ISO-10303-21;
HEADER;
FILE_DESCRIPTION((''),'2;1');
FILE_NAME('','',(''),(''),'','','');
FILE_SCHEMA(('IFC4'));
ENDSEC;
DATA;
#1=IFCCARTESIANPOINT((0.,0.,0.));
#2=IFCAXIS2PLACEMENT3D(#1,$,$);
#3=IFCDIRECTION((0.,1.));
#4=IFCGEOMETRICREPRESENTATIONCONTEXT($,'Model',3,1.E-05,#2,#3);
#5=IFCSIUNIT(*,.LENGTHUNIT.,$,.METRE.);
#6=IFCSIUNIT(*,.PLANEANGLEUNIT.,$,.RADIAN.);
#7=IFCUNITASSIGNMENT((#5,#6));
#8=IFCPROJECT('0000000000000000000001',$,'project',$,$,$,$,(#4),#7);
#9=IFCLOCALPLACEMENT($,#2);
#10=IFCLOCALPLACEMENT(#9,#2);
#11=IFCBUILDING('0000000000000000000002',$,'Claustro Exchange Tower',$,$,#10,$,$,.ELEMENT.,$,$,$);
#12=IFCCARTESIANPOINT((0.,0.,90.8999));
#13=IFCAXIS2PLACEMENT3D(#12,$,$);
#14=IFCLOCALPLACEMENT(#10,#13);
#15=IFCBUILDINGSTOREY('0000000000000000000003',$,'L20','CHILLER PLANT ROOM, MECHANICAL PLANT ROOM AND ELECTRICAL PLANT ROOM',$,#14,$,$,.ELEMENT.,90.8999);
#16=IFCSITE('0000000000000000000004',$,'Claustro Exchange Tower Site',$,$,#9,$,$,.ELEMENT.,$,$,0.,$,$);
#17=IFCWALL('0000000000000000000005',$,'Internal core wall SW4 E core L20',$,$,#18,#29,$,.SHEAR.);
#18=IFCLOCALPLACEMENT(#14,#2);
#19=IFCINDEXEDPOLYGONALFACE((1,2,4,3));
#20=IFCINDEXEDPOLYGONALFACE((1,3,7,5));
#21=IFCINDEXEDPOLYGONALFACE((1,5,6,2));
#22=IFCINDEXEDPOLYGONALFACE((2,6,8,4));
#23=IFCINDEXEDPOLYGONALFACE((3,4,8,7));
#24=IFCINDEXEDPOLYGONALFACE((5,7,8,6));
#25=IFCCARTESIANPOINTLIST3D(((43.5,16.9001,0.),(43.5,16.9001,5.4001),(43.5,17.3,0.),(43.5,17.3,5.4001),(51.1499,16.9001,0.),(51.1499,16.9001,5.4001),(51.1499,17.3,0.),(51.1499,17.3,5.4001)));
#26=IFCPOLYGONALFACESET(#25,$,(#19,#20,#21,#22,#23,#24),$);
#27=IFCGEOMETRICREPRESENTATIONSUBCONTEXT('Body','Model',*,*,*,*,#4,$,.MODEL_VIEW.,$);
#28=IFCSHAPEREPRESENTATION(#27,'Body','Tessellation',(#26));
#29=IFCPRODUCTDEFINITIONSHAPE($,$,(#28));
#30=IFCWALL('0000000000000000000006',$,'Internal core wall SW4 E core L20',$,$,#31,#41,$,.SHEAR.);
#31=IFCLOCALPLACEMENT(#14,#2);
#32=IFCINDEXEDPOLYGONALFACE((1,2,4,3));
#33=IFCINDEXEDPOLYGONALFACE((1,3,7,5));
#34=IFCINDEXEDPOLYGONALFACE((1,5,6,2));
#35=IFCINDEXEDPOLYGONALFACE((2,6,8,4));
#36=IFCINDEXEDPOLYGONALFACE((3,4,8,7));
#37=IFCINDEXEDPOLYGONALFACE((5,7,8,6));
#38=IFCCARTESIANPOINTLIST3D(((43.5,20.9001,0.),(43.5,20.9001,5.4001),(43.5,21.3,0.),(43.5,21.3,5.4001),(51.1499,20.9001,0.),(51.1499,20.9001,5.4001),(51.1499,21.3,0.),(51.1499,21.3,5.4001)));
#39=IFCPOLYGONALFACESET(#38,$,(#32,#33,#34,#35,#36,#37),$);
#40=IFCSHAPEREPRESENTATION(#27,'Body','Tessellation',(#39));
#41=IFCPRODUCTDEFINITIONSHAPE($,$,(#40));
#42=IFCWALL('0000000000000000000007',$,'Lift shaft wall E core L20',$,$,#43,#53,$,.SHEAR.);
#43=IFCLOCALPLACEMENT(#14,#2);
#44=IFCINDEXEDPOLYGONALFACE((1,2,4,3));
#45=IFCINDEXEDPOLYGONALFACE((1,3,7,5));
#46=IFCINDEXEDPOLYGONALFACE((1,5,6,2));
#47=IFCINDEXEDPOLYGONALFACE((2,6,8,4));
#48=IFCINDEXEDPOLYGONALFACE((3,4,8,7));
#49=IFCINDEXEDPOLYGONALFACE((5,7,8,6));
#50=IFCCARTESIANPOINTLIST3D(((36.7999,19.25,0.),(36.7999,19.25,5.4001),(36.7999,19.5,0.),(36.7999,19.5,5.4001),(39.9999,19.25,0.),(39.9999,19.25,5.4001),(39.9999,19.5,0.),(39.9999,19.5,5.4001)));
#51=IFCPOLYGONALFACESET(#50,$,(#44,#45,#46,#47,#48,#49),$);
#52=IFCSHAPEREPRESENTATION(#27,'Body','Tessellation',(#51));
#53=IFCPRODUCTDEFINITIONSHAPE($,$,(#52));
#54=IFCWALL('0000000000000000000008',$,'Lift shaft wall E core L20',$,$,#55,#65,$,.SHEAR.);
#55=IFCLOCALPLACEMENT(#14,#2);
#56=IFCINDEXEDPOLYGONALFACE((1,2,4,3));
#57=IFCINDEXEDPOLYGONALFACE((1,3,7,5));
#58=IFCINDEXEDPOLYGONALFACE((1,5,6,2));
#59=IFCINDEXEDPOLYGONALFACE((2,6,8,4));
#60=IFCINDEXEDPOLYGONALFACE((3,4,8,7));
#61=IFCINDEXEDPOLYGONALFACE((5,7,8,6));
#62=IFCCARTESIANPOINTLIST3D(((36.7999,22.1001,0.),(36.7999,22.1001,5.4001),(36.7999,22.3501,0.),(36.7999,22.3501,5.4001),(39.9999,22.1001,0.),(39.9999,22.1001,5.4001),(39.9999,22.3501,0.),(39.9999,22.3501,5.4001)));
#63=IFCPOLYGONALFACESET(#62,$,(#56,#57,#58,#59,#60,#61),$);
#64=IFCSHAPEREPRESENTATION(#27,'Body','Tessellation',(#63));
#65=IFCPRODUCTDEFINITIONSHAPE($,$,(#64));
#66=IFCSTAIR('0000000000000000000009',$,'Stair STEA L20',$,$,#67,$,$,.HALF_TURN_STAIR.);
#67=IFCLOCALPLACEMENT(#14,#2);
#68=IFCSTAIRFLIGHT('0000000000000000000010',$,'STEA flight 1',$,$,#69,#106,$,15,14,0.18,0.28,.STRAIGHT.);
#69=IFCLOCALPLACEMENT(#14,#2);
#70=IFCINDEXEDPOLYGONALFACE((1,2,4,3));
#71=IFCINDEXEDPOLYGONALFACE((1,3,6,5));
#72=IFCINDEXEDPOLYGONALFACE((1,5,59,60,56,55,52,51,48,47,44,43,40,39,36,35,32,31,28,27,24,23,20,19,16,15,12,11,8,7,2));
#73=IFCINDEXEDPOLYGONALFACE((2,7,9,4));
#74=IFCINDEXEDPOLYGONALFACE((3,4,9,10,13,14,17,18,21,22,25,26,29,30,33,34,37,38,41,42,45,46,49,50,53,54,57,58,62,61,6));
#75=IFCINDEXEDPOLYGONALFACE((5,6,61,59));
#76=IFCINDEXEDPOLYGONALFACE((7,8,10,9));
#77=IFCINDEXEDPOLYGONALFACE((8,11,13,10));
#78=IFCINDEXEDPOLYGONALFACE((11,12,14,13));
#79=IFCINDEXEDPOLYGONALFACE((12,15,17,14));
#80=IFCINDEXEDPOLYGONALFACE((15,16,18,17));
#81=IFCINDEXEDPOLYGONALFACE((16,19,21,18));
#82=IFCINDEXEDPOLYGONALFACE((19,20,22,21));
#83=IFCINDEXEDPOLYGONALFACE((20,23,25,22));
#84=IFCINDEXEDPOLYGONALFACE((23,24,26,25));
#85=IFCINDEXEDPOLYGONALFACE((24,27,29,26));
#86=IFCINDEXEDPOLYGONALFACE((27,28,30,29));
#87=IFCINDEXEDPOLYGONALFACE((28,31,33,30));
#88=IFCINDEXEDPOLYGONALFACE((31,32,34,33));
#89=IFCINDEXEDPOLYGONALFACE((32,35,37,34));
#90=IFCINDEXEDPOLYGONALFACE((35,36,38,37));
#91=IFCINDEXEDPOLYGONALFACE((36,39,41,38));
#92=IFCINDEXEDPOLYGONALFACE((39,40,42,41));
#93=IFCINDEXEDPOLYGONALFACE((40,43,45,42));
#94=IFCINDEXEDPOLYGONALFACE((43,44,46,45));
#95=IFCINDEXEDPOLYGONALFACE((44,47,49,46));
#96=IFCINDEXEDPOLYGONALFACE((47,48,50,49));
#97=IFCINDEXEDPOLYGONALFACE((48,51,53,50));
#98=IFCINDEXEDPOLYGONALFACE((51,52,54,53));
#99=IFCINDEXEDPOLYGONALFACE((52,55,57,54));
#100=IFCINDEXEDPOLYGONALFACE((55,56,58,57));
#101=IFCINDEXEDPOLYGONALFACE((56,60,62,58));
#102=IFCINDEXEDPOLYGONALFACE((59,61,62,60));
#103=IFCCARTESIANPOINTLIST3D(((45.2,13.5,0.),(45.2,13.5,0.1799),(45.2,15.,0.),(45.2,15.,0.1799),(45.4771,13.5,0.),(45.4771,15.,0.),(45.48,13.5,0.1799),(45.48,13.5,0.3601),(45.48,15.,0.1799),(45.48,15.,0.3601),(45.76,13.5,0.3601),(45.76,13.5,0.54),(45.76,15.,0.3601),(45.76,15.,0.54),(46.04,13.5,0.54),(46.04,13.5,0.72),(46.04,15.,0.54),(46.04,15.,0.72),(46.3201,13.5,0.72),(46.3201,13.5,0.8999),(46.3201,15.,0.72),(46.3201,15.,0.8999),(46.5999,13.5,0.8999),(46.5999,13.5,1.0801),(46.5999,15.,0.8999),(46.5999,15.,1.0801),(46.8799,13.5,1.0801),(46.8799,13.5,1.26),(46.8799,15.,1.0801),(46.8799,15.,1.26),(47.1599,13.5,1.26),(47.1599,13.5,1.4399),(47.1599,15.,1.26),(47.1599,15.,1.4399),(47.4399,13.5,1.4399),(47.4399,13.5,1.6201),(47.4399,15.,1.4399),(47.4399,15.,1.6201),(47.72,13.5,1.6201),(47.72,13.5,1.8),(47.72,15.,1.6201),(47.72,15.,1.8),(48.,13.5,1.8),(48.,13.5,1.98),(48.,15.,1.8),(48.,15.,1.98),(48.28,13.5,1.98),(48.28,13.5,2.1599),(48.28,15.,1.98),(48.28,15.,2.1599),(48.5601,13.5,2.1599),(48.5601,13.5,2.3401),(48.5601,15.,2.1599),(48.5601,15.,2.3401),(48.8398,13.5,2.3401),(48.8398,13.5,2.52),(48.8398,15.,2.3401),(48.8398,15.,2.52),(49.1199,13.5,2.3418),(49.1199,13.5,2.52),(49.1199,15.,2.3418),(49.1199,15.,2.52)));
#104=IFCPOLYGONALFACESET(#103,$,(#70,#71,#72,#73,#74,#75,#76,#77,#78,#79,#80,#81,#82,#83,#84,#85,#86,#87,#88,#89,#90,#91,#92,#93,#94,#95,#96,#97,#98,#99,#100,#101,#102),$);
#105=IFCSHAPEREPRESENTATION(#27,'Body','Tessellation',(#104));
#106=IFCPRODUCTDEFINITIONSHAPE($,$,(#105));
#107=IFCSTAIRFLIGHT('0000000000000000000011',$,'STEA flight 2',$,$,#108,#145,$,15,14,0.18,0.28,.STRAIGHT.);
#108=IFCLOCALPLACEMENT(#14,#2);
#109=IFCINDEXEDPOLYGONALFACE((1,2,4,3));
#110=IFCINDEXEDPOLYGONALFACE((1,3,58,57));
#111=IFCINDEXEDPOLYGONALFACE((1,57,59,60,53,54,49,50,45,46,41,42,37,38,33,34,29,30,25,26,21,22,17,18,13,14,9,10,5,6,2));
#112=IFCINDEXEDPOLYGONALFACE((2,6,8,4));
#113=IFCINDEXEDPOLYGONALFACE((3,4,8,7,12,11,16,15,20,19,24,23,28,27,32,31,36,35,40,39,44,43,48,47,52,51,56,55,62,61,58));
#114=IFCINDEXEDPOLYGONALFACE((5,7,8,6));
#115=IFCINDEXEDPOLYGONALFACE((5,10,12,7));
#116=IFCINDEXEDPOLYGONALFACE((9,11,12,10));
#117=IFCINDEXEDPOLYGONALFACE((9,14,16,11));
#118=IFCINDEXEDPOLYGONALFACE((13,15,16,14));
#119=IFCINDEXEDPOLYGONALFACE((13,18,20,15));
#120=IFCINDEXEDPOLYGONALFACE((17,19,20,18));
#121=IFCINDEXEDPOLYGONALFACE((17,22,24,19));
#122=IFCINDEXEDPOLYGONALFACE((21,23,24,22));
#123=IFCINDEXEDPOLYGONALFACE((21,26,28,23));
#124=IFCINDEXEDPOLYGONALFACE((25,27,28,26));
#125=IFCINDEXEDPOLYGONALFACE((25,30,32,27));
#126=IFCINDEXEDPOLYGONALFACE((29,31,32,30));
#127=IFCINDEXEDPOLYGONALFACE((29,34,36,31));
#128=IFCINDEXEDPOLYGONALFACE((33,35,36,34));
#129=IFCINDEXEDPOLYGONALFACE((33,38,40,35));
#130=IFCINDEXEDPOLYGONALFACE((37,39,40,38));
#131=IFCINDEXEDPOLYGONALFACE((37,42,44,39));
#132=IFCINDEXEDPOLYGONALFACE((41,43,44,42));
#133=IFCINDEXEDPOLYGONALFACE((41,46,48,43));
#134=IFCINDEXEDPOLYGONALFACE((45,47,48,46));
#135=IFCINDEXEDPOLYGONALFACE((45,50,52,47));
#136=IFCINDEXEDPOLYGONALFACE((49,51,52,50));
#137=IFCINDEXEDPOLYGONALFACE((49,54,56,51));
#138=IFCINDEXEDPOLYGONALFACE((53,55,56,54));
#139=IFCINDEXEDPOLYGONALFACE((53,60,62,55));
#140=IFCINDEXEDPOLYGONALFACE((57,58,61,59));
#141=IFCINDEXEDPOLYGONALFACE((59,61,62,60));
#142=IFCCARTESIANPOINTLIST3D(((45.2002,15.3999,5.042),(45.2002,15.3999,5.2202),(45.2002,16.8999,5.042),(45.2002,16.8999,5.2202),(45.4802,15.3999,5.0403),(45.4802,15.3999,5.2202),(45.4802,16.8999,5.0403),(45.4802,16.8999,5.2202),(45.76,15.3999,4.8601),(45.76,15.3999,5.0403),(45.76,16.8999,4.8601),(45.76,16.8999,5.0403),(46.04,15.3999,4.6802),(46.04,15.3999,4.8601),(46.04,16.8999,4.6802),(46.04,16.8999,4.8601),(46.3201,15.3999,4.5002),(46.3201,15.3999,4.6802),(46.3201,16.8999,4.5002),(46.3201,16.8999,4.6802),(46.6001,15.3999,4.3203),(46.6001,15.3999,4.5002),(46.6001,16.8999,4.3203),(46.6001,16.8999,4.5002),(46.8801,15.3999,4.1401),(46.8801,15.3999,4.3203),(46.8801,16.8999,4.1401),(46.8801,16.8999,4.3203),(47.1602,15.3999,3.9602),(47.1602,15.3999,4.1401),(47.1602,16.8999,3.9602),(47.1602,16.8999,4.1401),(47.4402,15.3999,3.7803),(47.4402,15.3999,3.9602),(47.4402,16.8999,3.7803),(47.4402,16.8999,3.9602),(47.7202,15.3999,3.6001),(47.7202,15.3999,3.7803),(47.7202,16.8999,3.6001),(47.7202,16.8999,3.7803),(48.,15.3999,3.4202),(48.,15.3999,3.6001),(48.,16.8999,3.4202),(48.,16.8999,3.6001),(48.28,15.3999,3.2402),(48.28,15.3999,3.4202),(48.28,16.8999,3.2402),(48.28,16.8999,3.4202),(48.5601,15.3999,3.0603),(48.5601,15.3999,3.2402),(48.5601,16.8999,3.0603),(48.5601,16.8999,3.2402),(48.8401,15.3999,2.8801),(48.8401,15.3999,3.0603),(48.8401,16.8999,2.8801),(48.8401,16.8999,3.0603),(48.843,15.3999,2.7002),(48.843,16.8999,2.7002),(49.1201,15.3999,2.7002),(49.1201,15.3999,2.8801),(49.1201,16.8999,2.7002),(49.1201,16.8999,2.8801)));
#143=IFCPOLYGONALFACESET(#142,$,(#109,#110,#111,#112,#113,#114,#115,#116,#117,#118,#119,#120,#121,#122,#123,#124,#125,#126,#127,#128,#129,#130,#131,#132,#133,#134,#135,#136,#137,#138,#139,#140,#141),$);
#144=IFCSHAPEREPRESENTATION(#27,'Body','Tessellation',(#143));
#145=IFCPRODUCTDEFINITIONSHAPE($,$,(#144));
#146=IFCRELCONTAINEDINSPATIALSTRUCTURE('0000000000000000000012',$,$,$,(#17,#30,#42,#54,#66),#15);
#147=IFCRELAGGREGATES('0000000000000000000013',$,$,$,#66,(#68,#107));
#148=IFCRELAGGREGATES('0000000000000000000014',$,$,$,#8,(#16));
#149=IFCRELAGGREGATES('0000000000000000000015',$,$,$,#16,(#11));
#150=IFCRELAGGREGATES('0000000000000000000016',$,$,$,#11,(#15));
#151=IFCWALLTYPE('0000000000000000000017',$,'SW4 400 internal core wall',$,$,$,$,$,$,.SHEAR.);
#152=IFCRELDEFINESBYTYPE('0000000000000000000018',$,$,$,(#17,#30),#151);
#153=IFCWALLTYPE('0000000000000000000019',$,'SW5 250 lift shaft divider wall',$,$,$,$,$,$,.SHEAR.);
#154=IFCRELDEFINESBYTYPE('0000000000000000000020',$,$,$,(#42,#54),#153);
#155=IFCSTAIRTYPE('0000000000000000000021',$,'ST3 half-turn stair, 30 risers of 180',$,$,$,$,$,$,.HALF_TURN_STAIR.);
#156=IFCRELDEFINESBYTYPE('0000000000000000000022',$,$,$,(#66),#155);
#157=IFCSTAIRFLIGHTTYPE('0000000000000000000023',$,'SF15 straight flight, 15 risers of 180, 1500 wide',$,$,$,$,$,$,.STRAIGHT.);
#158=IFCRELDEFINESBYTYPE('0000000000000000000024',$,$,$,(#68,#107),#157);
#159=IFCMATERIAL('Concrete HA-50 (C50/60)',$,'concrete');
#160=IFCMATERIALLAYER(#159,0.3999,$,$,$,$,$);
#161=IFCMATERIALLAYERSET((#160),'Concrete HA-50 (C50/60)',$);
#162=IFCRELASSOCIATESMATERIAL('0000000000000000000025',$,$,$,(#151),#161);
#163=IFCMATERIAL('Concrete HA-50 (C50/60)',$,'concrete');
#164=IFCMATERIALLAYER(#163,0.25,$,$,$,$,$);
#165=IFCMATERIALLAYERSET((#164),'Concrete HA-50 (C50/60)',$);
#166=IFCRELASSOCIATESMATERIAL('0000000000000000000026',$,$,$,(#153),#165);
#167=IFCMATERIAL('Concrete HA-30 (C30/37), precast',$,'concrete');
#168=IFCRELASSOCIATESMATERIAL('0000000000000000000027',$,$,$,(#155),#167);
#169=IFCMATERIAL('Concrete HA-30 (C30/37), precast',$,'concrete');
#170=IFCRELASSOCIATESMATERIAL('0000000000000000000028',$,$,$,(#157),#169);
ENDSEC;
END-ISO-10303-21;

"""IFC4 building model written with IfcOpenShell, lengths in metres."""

from ifc_helpers import new_model, si_unit, direction, frame, frame_2d, origin, place, context, subcontext, project, spatial, polyline, rectangle, outline, extrude, material, layer, layer_set, type_object, element, aggregate, save


model = new_model("IFC4")

# Units and contexts
model_context = context("Model", 3, precision=1e-05, world=origin(), true_north=direction((0.0, 1.0)))
body_context = subcontext(model_context, "Body", "Model", "MODEL_VIEW")
ifc_project = project(units=[si_unit("LENGTHUNIT", "METRE"), si_unit("PLANEANGLEUNIT", "RADIAN")], contexts=[model_context])

# Site, building, storey
site_placement = place(None, origin())
site = spatial("IfcSite", under=ifc_project, at=site_placement, Name="Claustro Exchange Tower Site", CompositionType="ELEMENT", RefElevation=0.0)
building_placement = place(site_placement, origin())
building = spatial("IfcBuilding", under=site, at=building_placement, Name="Claustro Exchange Tower", CompositionType="ELEMENT")
storey_placement = place(building_placement, frame((0.0, 0.0, 90.8999)))
storey = spatial("IfcBuildingStorey", under=building, at=storey_placement, Name="L20", Description="CHILLER PLANT ROOM, MECHANICAL PLANT ROOM AND ELECTRICAL PLANT ROOM", CompositionType="ELEMENT", Elevation=90.8999)

# Shared definitions
ifc_material_1 = material(Name="Concrete HA-50 (C50/60)", Category="concrete")
ifc_layer_1 = layer(ifc_material_1, 0.3999)
ifc_layer_set_1 = layer_set([ifc_layer_1], Name="Concrete HA-50 (C50/60)")
wall_type_1 = type_object("IfcWallType", Name="SW4 400 internal core wall", PredefinedType="SHEAR", material=ifc_layer_set_1)

# Walls
for number, where, z_axis, x_axis, name in (
    (1, (51.1499, 17.1001, 0.0), (0.0, 0.0, 1.0), (-1.0, 0.0, 0.0), "Internal core wall SW4 E core L20"),
    (2, (51.1499, 21.1001, 0.0), (0.0, 0.0, 1.0), (-1.0, 0.0, 0.0), "Internal core wall SW4 E core L20"),
):
    element("IfcWall", number, at=place(storey_placement, frame(where, z_axis=z_axis, x_axis=x_axis)), inside=storey, type_object=wall_type_1, Name=name, PredefinedType="SHEAR", context=body_context, shape_type="SweptSolid", body=[
        extrude(rectangle(XDim=7.6499, YDim=0.3999, at=frame_2d((3.825, 0.0))), origin(), (0.0, 0.0, 1.0), 5.4001),
    ])
ifc_material_2 = material(Name="Concrete HA-50 (C50/60)", Category="concrete")
ifc_layer_2 = layer(ifc_material_2, 0.25)
ifc_layer_set_2 = layer_set([ifc_layer_2], Name="Concrete HA-50 (C50/60)")
wall_type_2 = type_object("IfcWallType", Name="SW5 250 lift shaft divider wall", PredefinedType="SHEAR", material=ifc_layer_set_2)
for number, where, z_axis, x_axis, name in (
    (3, (40.0, 19.375, 0.0), (0.0, 0.0, 1.0), (-1.0, 0.0, 0.0), "Lift shaft wall E core L20"),
    (4, (40.0, 22.2251, 0.0), (0.0, 0.0, 1.0), (-1.0, 0.0, 0.0), "Lift shaft wall E core L20"),
):
    element("IfcWall", number, at=place(storey_placement, frame(where, z_axis=z_axis, x_axis=x_axis)), inside=storey, type_object=wall_type_2, Name=name, PredefinedType="SHEAR", context=body_context, shape_type="SweptSolid", body=[
        extrude(rectangle(XDim=3.2, YDim=0.25, at=frame_2d((1.6001, 0.0))), origin(), (0.0, 0.0, 1.0), 5.4001),
    ])

# Stair, stair flights
ifc_material_3 = material(Name="Concrete HA-30 (C30/37), precast", Category="concrete")
stair_type = type_object("IfcStairType", Name="ST3 half-turn stair, 30 risers of 180", PredefinedType="HALF_TURN_STAIR", material=ifc_material_3)
stair_placement = place(storey_placement, origin())
stair = element("IfcStair", 5, at=stair_placement, inside=storey, type_object=stair_type, Name="Stair STEA L20", PredefinedType="HALF_TURN_STAIR")
ifc_material_4 = material(Name="Concrete HA-30 (C30/37), precast", Category="concrete")
stair_flight_type = type_object("IfcStairFlightType", Name="SF15 straight flight, 15 risers of 180, 1500 wide", PredefinedType="STRAIGHT", material=ifc_material_4)
stair_flight_1_placement = place(storey_placement, frame((45.2, 14.25, 0.0), z_axis=(0.0, 0.0, 1.0), x_axis=(1.0, 0.0, 0.0)))
stair_flight_1 = element("IfcStairFlight", 6, at=stair_flight_1_placement, type_object=stair_flight_type, Name="STEA flight 1", NumberOfRisers=15, NumberOfTreads=14, PredefinedType="STRAIGHT", RiserHeight=0.18, TreadLength=0.28, context=body_context, shape_type="SweptSolid", body=[
    extrude(outline(polyline([(0.0, 0.0), (0.0, 0.1799), (0.28, 0.1799), (0.28, 0.3601), (0.5601, 0.3601), (0.5601, 0.54), (0.8401, 0.54), (0.8401, 0.72), (1.1201, 0.72), (1.1201, 0.8999), (1.3999, 0.8999), (1.3999, 1.0801), (1.6799, 1.0801), (1.6799, 1.26), (1.96, 1.26), (1.96, 1.4399), (2.24, 1.4399), (2.24, 1.6201), (2.52, 1.6201), (2.52, 1.8), (2.8, 1.8), (2.8, 1.98), (3.0801, 1.98), (3.0801, 2.1599), (3.3601, 2.1599), (3.3601, 2.3401), (3.6399, 2.3401), (3.6399, 2.52), (3.9199, 2.52), (3.9199, 2.7), (3.9199, 2.3418), (0.2771, 0.0), (0.0, 0.0)])), frame((0.0, 0.75, 0.0), z_axis=(0.0, -1.0, 0.0), x_axis=(1.0, 0.0, 0.0)), (0.0, 0.0, 1.0), 1.5),
])
stair_flight_2_placement = place(storey_placement, frame((49.1201, 16.1499, 2.7002), z_axis=(0.0, 0.0, 1.0), x_axis=(-1.0, 0.0, 0.0)))
stair_flight_2 = element("IfcStairFlight", 7, at=stair_flight_2_placement, type_object=stair_flight_type, Name="STEA flight 2", NumberOfRisers=15, NumberOfTreads=14, PredefinedType="STRAIGHT", RiserHeight=0.18, TreadLength=0.28, context=body_context, shape_type="SweptSolid", body=[
    extrude(outline(polyline([(0.0, 0.0), (0.0, 0.1799), (0.28, 0.1799), (0.28, 0.3601), (0.5601, 0.3601), (0.5601, 0.54), (0.8401, 0.54), (0.8401, 0.72), (1.1201, 0.72), (1.1201, 0.8999), (1.3999, 0.8999), (1.3999, 1.0801), (1.6799, 1.0801), (1.6799, 1.26), (1.96, 1.26), (1.96, 1.4399), (2.24, 1.4399), (2.24, 1.6201), (2.52, 1.6201), (2.52, 1.8), (2.8, 1.8), (2.8, 1.98), (3.0801, 1.98), (3.0801, 2.1599), (3.3601, 2.1599), (3.3601, 2.3401), (3.6399, 2.3401), (3.6399, 2.52), (3.9199, 2.52), (3.9199, 2.7), (3.9199, 2.3418), (0.2771, 0.0), (0.0, 0.0)])), frame((0.0, 0.75, 0.0), z_axis=(0.0, -1.0, 0.0), x_axis=(1.0, 0.0, 0.0)), (0.0, 0.0, 1.0), 1.5),
])
aggregate(stair, [stair_flight_1, stair_flight_2])

save(model, "model.ifc")
